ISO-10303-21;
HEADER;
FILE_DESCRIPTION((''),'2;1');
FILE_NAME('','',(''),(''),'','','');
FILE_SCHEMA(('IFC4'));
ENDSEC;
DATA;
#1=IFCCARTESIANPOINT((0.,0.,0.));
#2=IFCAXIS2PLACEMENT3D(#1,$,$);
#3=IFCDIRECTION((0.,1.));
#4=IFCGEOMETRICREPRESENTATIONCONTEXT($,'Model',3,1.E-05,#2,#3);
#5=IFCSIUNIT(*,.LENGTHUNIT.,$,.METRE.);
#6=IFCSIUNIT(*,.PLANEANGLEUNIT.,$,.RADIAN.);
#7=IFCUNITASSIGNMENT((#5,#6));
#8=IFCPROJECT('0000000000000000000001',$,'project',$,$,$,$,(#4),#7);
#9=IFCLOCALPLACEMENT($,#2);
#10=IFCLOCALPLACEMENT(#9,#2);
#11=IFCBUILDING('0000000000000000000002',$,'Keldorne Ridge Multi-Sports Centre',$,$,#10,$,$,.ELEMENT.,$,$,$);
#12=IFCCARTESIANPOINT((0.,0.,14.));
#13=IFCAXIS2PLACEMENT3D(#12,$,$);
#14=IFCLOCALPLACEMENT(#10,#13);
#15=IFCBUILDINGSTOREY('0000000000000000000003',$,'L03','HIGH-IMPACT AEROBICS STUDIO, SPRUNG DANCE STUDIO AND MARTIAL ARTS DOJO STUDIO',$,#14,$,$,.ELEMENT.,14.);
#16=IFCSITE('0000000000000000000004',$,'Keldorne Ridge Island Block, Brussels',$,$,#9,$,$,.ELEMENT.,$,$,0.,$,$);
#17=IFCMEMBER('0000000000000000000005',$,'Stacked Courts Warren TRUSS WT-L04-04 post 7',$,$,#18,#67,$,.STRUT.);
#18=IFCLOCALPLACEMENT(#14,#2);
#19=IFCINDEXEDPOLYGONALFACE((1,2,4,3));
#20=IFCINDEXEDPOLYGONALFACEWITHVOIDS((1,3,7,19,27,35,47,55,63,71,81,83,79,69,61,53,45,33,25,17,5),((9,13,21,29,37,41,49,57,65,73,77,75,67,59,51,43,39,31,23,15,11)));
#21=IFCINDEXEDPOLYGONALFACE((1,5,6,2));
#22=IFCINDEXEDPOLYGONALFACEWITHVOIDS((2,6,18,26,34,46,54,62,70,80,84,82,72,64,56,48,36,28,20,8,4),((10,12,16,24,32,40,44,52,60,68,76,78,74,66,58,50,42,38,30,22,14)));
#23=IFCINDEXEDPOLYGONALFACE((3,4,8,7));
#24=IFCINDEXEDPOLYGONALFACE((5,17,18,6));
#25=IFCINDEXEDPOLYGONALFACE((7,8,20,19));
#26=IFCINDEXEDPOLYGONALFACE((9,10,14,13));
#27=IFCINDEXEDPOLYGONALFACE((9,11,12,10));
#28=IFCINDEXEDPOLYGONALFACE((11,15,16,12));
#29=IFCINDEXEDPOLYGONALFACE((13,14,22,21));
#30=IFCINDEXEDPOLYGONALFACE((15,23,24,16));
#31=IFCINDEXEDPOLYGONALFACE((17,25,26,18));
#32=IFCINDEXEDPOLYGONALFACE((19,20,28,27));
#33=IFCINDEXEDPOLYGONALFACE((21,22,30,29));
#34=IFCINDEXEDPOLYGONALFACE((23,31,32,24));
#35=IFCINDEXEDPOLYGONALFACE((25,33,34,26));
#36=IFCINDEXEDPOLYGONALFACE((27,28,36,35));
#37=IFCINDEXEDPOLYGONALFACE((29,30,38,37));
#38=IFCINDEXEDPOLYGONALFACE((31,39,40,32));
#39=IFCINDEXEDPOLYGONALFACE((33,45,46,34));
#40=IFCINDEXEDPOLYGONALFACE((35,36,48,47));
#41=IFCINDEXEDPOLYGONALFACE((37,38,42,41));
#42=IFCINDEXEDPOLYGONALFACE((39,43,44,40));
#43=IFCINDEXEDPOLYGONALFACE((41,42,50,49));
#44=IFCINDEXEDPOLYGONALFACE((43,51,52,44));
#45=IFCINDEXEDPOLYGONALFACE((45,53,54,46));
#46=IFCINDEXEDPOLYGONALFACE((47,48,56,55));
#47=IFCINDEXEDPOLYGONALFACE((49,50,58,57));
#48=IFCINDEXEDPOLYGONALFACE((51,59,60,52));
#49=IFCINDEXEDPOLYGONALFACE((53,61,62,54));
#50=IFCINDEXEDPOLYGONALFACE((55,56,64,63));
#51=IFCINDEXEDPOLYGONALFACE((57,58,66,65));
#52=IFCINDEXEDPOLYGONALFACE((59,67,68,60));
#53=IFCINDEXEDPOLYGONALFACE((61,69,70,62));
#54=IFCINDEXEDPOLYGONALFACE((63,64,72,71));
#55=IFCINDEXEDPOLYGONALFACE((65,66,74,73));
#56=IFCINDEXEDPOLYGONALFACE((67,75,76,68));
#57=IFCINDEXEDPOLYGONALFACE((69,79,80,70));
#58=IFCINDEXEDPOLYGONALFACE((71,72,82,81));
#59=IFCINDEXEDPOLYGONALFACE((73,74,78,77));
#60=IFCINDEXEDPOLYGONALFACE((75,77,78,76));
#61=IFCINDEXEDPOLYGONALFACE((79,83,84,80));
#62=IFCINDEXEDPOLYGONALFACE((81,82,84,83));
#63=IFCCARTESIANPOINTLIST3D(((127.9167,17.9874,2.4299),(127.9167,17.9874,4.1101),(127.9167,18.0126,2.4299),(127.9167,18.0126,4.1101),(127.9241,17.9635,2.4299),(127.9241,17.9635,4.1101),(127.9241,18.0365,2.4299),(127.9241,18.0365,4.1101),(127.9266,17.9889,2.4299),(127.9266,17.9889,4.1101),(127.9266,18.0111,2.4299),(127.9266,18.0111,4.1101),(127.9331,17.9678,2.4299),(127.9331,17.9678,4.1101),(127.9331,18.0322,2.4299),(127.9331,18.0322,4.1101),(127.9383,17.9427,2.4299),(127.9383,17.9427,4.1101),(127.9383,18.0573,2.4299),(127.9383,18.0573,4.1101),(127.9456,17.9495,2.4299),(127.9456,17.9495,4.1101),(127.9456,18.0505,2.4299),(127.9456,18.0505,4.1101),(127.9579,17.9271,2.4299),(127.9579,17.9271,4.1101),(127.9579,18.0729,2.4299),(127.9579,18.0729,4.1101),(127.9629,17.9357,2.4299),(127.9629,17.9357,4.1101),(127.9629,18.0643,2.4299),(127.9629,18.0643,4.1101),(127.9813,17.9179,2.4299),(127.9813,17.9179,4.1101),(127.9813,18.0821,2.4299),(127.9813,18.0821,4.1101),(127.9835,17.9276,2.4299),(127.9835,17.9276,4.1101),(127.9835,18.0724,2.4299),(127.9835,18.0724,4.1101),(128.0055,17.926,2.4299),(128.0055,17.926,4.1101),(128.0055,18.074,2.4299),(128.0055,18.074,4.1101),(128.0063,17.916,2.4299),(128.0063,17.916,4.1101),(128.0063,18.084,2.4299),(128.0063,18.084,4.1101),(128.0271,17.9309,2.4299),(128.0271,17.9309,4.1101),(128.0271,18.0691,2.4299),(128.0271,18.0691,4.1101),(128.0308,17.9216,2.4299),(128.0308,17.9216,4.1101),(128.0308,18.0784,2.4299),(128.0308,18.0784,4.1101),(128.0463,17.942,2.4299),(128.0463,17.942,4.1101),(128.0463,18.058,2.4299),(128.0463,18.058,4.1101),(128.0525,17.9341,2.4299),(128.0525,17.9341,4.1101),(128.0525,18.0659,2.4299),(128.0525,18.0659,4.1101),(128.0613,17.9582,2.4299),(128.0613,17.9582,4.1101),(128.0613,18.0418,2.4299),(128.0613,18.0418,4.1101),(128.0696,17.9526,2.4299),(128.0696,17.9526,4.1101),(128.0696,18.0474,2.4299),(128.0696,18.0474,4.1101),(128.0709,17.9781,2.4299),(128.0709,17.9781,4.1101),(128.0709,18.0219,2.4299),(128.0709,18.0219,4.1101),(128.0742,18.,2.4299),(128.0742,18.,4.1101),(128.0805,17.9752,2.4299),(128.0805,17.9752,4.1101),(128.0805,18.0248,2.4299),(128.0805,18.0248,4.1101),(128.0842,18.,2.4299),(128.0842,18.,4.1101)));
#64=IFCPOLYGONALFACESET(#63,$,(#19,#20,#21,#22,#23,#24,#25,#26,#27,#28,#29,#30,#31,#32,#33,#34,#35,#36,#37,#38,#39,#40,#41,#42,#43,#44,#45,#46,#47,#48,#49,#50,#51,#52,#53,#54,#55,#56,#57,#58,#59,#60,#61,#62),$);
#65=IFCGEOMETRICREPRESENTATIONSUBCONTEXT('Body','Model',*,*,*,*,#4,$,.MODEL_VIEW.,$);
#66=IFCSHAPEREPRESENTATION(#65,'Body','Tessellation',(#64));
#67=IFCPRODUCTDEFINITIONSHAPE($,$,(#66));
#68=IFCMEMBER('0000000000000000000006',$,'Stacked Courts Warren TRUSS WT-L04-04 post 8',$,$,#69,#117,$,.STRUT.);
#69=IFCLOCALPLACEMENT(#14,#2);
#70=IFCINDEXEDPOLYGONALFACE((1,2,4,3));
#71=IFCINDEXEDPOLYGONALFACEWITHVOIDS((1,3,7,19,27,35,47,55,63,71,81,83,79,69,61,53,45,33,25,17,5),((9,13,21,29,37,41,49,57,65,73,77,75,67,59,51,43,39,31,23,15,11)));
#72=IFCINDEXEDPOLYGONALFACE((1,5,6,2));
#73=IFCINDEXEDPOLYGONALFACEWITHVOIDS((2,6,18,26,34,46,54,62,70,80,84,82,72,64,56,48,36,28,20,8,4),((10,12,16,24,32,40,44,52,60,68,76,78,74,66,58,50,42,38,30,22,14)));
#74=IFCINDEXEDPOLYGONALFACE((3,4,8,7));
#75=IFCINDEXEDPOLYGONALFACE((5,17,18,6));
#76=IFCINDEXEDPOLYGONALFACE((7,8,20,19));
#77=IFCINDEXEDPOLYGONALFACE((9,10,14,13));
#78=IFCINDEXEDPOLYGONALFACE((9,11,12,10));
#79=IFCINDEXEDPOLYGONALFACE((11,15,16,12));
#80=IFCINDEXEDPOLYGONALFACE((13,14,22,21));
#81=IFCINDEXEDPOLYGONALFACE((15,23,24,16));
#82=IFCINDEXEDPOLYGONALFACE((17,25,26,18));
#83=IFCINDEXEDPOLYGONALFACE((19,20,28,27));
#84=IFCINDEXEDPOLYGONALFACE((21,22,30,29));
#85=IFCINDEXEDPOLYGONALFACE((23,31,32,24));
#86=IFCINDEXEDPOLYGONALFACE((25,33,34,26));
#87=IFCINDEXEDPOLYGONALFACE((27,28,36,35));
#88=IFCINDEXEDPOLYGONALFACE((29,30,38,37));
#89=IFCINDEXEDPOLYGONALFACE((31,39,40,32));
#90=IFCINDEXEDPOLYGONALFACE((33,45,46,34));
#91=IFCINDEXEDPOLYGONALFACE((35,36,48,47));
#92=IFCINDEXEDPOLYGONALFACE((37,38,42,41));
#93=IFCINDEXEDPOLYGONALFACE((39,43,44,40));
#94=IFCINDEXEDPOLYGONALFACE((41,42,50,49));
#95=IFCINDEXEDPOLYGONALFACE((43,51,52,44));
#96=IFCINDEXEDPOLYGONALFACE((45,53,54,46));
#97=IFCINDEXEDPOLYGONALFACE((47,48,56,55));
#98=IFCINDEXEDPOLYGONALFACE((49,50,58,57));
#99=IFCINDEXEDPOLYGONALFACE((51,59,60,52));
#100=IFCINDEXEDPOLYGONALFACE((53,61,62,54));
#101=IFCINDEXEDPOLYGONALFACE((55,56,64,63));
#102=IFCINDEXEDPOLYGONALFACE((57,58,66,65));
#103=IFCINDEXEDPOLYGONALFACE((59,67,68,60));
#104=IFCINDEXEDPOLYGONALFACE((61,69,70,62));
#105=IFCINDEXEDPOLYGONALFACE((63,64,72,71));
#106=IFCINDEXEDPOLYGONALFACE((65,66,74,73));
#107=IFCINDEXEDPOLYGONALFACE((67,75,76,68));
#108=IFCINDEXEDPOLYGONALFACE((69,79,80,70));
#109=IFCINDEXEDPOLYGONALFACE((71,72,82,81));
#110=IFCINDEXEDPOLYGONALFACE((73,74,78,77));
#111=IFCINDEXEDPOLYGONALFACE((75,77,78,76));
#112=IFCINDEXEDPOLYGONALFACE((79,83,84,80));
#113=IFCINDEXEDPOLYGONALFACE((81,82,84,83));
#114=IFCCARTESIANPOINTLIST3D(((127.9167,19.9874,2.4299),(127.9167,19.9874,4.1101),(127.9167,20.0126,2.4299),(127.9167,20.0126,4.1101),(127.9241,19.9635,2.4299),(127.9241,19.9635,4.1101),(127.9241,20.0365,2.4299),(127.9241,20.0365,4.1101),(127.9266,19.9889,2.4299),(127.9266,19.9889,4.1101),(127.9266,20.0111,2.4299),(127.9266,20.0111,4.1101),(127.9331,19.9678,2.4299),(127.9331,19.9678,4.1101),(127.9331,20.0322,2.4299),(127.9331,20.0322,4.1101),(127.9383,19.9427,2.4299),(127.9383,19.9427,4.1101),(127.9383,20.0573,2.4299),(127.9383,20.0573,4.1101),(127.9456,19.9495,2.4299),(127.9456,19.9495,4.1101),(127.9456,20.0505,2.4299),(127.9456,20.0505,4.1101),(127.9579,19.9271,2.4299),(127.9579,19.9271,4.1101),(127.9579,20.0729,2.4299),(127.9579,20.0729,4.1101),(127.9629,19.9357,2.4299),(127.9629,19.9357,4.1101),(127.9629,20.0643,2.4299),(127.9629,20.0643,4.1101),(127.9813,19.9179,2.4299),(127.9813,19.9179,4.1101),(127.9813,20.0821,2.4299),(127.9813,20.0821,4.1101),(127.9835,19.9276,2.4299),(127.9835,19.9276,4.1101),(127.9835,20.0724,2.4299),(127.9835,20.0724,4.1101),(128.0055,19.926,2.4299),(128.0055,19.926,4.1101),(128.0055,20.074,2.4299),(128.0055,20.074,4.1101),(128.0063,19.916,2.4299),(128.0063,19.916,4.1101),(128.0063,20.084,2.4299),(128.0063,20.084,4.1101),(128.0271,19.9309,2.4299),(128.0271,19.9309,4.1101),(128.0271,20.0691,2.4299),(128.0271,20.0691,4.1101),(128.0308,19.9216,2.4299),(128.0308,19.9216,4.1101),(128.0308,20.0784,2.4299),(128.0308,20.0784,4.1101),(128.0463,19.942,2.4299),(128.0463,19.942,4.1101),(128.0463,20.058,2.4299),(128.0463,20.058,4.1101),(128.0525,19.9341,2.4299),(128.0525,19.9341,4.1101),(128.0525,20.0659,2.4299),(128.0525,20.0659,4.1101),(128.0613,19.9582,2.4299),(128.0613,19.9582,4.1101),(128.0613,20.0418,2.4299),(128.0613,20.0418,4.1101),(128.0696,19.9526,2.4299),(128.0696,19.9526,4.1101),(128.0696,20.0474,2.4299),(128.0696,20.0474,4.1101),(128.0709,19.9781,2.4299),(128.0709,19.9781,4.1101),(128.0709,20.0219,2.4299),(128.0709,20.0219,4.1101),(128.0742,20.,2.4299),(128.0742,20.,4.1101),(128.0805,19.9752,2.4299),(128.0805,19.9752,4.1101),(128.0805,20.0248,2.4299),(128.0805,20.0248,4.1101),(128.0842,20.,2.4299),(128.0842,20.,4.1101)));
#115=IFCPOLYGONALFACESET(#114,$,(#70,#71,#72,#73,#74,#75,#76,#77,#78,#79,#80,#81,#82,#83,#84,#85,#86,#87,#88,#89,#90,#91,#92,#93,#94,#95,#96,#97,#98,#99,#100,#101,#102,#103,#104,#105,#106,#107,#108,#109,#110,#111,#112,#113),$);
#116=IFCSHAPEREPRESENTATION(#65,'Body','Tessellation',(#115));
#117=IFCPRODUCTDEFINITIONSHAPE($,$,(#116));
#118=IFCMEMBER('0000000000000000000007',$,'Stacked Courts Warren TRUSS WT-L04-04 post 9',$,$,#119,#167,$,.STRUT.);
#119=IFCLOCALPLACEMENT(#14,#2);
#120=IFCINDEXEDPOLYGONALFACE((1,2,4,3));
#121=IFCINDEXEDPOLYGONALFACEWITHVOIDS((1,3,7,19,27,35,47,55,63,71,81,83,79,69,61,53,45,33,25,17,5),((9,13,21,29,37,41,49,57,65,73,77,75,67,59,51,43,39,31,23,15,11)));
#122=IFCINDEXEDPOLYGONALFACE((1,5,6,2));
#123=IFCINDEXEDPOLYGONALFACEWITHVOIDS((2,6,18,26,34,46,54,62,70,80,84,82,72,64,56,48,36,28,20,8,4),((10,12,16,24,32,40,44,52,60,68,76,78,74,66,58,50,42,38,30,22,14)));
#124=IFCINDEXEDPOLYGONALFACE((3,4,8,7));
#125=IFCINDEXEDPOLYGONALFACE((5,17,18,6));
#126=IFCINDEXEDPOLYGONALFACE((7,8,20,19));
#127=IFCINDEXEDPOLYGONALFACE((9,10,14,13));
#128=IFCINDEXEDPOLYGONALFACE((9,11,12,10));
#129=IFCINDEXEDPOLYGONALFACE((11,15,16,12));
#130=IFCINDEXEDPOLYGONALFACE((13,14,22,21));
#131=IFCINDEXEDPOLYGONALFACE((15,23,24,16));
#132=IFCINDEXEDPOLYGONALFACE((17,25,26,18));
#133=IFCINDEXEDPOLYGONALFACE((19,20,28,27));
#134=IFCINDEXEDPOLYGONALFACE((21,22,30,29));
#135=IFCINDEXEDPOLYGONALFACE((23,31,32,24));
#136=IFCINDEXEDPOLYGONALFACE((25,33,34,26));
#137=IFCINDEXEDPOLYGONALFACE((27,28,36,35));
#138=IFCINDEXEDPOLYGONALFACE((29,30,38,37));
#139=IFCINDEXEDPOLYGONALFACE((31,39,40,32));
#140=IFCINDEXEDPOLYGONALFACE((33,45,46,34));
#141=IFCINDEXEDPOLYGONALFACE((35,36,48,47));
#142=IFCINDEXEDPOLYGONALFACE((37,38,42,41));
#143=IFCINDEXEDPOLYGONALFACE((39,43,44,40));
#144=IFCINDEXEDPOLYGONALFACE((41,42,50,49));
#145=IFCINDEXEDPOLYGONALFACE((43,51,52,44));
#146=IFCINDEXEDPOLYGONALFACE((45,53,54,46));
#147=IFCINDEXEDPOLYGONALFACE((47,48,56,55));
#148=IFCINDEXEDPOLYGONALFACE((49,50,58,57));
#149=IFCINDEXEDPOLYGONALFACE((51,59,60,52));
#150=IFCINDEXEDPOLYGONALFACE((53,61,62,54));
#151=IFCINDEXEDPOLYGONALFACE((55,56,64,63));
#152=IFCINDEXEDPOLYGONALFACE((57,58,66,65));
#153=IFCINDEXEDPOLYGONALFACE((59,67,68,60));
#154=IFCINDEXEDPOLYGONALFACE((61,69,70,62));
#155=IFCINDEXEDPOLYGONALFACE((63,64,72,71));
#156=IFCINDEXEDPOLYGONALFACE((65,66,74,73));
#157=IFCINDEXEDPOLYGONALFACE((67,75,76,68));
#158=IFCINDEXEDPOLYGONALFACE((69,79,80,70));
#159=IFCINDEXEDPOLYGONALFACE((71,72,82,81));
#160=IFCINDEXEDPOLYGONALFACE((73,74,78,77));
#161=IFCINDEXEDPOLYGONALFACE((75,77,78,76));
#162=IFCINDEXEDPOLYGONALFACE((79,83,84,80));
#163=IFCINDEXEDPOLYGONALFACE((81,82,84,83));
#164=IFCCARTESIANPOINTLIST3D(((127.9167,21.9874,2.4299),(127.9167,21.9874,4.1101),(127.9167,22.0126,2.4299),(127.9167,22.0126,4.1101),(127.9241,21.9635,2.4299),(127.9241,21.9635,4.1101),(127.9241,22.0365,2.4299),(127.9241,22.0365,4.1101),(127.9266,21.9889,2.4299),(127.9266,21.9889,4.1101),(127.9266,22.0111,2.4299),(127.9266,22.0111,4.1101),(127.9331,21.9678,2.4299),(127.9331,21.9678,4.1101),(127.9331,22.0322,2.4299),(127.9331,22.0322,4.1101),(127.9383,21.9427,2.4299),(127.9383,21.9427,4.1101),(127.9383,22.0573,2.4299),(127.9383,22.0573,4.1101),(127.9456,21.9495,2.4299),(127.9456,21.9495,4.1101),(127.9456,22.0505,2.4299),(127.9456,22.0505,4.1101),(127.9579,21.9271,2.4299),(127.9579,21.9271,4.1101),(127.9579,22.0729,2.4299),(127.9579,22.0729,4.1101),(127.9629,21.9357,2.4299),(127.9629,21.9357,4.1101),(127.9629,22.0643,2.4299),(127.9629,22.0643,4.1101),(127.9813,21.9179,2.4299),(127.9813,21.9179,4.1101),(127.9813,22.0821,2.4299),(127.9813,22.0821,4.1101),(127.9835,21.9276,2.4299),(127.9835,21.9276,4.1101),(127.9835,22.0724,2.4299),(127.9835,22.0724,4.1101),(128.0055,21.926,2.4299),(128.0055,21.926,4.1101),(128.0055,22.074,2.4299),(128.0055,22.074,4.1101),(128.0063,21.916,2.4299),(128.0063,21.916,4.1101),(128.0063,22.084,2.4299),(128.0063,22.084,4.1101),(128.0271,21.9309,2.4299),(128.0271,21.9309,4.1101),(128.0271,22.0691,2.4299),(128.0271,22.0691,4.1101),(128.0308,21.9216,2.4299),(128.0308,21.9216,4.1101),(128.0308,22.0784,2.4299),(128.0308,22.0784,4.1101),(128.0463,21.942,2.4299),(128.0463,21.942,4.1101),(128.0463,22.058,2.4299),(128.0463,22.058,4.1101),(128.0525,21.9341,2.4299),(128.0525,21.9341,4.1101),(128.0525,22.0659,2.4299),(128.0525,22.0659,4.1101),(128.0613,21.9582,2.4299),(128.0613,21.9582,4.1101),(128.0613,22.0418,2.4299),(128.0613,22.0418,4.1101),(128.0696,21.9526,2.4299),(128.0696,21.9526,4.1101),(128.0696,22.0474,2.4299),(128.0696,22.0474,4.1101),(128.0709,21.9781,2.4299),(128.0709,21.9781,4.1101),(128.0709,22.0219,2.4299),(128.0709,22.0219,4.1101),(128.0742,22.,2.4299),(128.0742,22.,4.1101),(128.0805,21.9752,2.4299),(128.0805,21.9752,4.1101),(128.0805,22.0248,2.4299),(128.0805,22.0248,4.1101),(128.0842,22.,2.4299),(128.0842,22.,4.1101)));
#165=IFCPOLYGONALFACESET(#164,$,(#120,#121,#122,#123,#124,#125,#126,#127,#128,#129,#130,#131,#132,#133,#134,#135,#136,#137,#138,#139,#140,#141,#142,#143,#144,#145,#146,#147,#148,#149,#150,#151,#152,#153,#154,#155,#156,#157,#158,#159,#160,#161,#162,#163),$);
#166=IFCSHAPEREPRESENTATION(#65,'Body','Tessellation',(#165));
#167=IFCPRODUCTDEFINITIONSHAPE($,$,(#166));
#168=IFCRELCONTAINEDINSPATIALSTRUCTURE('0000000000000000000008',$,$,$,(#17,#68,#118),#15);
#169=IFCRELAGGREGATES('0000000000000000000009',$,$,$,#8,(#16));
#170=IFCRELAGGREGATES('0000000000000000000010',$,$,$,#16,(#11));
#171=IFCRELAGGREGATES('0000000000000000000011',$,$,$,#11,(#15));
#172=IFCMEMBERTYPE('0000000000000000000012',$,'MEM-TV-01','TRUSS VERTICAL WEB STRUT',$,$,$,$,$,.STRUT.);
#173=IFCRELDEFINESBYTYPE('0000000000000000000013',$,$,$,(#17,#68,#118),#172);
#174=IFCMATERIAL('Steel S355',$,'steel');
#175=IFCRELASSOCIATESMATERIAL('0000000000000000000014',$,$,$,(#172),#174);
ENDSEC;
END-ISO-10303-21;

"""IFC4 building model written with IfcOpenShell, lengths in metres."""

from ifc_helpers import new_model, si_unit, direction, frame, origin, origin_2d, place, context, subcontext, project, spatial, hollow_circle, extrude, material, material_profile, profile_set, type_object, element, save


model = new_model("IFC4")

# Units and contexts
model_context = context("Model", 3, precision=1e-05, world=origin(), true_north=direction((0.0, 1.0)))
body_context = subcontext(model_context, "Body", "Model", "MODEL_VIEW")
ifc_project = project(units=[si_unit("LENGTHUNIT", "METRE"), si_unit("PLANEANGLEUNIT", "RADIAN")], contexts=[model_context])

# Site, building, storey
site_placement = place(None, origin())
site = spatial("IfcSite", under=ifc_project, at=site_placement, Name="Keldorne Ridge Island Block, Brussels", CompositionType="ELEMENT", RefElevation=0.0)
building_placement = place(site_placement, origin())
building = spatial("IfcBuilding", under=site, at=building_placement, Name="Keldorne Ridge Multi-Sports Centre", CompositionType="ELEMENT")
storey_placement = place(building_placement, frame((0.0, 0.0, 14.0)))
storey = spatial("IfcBuildingStorey", under=building, at=storey_placement, Name="L03", Description="HIGH-IMPACT AEROBICS STUDIO, SPRUNG DANCE STUDIO AND MARTIAL ARTS DOJO STUDIO", CompositionType="ELEMENT", Elevation=14.0)

# Members
ifc_material = material(Name="Steel S355", Category="steel")
ifc_material_profile_1 = material_profile(ifc_material, hollow_circle(Radius=0.0842, WallThickness=0.01, at=origin_2d()), Name="CHS 168.3x10")
ifc_profile_set_1 = profile_set([ifc_material_profile_1], Name="Steel S355")
member_type_1 = type_object("IfcMemberType", Name="MEM-TV-01", Description="TRUSS VERTICAL WEB STRUT", PredefinedType="STRUT", material=ifc_profile_set_1)
for number, where, z_axis, x_axis, name in (
    (1, (128.0, 18.0, 2.4299), (0.0, 0.0, 1.0), (1.0, 0.0, 0.0), "Stacked Courts Warren TRUSS WT-L04-04 post 7"),
    (2, (128.0, 20.0, 2.4299), (0.0, 0.0, 1.0), (1.0, 0.0, 0.0), "Stacked Courts Warren TRUSS WT-L04-04 post 8"),
    (3, (128.0, 22.0, 2.4299), (0.0, 0.0, 1.0), (1.0, 0.0, 0.0), "Stacked Courts Warren TRUSS WT-L04-04 post 9"),
):
    element("IfcMember", number, at=place(storey_placement, frame(where, z_axis=z_axis, x_axis=x_axis)), inside=storey, type_object=member_type_1, Name=name, PredefinedType="STRUT", context=body_context, shape_type="SweptSolid", body=[
        extrude(hollow_circle(Radius=0.0842, WallThickness=0.01, at=origin_2d()), origin(), (0.0, 0.0, 1.0), 1.6802),
    ])

save(model, "model.ifc")
